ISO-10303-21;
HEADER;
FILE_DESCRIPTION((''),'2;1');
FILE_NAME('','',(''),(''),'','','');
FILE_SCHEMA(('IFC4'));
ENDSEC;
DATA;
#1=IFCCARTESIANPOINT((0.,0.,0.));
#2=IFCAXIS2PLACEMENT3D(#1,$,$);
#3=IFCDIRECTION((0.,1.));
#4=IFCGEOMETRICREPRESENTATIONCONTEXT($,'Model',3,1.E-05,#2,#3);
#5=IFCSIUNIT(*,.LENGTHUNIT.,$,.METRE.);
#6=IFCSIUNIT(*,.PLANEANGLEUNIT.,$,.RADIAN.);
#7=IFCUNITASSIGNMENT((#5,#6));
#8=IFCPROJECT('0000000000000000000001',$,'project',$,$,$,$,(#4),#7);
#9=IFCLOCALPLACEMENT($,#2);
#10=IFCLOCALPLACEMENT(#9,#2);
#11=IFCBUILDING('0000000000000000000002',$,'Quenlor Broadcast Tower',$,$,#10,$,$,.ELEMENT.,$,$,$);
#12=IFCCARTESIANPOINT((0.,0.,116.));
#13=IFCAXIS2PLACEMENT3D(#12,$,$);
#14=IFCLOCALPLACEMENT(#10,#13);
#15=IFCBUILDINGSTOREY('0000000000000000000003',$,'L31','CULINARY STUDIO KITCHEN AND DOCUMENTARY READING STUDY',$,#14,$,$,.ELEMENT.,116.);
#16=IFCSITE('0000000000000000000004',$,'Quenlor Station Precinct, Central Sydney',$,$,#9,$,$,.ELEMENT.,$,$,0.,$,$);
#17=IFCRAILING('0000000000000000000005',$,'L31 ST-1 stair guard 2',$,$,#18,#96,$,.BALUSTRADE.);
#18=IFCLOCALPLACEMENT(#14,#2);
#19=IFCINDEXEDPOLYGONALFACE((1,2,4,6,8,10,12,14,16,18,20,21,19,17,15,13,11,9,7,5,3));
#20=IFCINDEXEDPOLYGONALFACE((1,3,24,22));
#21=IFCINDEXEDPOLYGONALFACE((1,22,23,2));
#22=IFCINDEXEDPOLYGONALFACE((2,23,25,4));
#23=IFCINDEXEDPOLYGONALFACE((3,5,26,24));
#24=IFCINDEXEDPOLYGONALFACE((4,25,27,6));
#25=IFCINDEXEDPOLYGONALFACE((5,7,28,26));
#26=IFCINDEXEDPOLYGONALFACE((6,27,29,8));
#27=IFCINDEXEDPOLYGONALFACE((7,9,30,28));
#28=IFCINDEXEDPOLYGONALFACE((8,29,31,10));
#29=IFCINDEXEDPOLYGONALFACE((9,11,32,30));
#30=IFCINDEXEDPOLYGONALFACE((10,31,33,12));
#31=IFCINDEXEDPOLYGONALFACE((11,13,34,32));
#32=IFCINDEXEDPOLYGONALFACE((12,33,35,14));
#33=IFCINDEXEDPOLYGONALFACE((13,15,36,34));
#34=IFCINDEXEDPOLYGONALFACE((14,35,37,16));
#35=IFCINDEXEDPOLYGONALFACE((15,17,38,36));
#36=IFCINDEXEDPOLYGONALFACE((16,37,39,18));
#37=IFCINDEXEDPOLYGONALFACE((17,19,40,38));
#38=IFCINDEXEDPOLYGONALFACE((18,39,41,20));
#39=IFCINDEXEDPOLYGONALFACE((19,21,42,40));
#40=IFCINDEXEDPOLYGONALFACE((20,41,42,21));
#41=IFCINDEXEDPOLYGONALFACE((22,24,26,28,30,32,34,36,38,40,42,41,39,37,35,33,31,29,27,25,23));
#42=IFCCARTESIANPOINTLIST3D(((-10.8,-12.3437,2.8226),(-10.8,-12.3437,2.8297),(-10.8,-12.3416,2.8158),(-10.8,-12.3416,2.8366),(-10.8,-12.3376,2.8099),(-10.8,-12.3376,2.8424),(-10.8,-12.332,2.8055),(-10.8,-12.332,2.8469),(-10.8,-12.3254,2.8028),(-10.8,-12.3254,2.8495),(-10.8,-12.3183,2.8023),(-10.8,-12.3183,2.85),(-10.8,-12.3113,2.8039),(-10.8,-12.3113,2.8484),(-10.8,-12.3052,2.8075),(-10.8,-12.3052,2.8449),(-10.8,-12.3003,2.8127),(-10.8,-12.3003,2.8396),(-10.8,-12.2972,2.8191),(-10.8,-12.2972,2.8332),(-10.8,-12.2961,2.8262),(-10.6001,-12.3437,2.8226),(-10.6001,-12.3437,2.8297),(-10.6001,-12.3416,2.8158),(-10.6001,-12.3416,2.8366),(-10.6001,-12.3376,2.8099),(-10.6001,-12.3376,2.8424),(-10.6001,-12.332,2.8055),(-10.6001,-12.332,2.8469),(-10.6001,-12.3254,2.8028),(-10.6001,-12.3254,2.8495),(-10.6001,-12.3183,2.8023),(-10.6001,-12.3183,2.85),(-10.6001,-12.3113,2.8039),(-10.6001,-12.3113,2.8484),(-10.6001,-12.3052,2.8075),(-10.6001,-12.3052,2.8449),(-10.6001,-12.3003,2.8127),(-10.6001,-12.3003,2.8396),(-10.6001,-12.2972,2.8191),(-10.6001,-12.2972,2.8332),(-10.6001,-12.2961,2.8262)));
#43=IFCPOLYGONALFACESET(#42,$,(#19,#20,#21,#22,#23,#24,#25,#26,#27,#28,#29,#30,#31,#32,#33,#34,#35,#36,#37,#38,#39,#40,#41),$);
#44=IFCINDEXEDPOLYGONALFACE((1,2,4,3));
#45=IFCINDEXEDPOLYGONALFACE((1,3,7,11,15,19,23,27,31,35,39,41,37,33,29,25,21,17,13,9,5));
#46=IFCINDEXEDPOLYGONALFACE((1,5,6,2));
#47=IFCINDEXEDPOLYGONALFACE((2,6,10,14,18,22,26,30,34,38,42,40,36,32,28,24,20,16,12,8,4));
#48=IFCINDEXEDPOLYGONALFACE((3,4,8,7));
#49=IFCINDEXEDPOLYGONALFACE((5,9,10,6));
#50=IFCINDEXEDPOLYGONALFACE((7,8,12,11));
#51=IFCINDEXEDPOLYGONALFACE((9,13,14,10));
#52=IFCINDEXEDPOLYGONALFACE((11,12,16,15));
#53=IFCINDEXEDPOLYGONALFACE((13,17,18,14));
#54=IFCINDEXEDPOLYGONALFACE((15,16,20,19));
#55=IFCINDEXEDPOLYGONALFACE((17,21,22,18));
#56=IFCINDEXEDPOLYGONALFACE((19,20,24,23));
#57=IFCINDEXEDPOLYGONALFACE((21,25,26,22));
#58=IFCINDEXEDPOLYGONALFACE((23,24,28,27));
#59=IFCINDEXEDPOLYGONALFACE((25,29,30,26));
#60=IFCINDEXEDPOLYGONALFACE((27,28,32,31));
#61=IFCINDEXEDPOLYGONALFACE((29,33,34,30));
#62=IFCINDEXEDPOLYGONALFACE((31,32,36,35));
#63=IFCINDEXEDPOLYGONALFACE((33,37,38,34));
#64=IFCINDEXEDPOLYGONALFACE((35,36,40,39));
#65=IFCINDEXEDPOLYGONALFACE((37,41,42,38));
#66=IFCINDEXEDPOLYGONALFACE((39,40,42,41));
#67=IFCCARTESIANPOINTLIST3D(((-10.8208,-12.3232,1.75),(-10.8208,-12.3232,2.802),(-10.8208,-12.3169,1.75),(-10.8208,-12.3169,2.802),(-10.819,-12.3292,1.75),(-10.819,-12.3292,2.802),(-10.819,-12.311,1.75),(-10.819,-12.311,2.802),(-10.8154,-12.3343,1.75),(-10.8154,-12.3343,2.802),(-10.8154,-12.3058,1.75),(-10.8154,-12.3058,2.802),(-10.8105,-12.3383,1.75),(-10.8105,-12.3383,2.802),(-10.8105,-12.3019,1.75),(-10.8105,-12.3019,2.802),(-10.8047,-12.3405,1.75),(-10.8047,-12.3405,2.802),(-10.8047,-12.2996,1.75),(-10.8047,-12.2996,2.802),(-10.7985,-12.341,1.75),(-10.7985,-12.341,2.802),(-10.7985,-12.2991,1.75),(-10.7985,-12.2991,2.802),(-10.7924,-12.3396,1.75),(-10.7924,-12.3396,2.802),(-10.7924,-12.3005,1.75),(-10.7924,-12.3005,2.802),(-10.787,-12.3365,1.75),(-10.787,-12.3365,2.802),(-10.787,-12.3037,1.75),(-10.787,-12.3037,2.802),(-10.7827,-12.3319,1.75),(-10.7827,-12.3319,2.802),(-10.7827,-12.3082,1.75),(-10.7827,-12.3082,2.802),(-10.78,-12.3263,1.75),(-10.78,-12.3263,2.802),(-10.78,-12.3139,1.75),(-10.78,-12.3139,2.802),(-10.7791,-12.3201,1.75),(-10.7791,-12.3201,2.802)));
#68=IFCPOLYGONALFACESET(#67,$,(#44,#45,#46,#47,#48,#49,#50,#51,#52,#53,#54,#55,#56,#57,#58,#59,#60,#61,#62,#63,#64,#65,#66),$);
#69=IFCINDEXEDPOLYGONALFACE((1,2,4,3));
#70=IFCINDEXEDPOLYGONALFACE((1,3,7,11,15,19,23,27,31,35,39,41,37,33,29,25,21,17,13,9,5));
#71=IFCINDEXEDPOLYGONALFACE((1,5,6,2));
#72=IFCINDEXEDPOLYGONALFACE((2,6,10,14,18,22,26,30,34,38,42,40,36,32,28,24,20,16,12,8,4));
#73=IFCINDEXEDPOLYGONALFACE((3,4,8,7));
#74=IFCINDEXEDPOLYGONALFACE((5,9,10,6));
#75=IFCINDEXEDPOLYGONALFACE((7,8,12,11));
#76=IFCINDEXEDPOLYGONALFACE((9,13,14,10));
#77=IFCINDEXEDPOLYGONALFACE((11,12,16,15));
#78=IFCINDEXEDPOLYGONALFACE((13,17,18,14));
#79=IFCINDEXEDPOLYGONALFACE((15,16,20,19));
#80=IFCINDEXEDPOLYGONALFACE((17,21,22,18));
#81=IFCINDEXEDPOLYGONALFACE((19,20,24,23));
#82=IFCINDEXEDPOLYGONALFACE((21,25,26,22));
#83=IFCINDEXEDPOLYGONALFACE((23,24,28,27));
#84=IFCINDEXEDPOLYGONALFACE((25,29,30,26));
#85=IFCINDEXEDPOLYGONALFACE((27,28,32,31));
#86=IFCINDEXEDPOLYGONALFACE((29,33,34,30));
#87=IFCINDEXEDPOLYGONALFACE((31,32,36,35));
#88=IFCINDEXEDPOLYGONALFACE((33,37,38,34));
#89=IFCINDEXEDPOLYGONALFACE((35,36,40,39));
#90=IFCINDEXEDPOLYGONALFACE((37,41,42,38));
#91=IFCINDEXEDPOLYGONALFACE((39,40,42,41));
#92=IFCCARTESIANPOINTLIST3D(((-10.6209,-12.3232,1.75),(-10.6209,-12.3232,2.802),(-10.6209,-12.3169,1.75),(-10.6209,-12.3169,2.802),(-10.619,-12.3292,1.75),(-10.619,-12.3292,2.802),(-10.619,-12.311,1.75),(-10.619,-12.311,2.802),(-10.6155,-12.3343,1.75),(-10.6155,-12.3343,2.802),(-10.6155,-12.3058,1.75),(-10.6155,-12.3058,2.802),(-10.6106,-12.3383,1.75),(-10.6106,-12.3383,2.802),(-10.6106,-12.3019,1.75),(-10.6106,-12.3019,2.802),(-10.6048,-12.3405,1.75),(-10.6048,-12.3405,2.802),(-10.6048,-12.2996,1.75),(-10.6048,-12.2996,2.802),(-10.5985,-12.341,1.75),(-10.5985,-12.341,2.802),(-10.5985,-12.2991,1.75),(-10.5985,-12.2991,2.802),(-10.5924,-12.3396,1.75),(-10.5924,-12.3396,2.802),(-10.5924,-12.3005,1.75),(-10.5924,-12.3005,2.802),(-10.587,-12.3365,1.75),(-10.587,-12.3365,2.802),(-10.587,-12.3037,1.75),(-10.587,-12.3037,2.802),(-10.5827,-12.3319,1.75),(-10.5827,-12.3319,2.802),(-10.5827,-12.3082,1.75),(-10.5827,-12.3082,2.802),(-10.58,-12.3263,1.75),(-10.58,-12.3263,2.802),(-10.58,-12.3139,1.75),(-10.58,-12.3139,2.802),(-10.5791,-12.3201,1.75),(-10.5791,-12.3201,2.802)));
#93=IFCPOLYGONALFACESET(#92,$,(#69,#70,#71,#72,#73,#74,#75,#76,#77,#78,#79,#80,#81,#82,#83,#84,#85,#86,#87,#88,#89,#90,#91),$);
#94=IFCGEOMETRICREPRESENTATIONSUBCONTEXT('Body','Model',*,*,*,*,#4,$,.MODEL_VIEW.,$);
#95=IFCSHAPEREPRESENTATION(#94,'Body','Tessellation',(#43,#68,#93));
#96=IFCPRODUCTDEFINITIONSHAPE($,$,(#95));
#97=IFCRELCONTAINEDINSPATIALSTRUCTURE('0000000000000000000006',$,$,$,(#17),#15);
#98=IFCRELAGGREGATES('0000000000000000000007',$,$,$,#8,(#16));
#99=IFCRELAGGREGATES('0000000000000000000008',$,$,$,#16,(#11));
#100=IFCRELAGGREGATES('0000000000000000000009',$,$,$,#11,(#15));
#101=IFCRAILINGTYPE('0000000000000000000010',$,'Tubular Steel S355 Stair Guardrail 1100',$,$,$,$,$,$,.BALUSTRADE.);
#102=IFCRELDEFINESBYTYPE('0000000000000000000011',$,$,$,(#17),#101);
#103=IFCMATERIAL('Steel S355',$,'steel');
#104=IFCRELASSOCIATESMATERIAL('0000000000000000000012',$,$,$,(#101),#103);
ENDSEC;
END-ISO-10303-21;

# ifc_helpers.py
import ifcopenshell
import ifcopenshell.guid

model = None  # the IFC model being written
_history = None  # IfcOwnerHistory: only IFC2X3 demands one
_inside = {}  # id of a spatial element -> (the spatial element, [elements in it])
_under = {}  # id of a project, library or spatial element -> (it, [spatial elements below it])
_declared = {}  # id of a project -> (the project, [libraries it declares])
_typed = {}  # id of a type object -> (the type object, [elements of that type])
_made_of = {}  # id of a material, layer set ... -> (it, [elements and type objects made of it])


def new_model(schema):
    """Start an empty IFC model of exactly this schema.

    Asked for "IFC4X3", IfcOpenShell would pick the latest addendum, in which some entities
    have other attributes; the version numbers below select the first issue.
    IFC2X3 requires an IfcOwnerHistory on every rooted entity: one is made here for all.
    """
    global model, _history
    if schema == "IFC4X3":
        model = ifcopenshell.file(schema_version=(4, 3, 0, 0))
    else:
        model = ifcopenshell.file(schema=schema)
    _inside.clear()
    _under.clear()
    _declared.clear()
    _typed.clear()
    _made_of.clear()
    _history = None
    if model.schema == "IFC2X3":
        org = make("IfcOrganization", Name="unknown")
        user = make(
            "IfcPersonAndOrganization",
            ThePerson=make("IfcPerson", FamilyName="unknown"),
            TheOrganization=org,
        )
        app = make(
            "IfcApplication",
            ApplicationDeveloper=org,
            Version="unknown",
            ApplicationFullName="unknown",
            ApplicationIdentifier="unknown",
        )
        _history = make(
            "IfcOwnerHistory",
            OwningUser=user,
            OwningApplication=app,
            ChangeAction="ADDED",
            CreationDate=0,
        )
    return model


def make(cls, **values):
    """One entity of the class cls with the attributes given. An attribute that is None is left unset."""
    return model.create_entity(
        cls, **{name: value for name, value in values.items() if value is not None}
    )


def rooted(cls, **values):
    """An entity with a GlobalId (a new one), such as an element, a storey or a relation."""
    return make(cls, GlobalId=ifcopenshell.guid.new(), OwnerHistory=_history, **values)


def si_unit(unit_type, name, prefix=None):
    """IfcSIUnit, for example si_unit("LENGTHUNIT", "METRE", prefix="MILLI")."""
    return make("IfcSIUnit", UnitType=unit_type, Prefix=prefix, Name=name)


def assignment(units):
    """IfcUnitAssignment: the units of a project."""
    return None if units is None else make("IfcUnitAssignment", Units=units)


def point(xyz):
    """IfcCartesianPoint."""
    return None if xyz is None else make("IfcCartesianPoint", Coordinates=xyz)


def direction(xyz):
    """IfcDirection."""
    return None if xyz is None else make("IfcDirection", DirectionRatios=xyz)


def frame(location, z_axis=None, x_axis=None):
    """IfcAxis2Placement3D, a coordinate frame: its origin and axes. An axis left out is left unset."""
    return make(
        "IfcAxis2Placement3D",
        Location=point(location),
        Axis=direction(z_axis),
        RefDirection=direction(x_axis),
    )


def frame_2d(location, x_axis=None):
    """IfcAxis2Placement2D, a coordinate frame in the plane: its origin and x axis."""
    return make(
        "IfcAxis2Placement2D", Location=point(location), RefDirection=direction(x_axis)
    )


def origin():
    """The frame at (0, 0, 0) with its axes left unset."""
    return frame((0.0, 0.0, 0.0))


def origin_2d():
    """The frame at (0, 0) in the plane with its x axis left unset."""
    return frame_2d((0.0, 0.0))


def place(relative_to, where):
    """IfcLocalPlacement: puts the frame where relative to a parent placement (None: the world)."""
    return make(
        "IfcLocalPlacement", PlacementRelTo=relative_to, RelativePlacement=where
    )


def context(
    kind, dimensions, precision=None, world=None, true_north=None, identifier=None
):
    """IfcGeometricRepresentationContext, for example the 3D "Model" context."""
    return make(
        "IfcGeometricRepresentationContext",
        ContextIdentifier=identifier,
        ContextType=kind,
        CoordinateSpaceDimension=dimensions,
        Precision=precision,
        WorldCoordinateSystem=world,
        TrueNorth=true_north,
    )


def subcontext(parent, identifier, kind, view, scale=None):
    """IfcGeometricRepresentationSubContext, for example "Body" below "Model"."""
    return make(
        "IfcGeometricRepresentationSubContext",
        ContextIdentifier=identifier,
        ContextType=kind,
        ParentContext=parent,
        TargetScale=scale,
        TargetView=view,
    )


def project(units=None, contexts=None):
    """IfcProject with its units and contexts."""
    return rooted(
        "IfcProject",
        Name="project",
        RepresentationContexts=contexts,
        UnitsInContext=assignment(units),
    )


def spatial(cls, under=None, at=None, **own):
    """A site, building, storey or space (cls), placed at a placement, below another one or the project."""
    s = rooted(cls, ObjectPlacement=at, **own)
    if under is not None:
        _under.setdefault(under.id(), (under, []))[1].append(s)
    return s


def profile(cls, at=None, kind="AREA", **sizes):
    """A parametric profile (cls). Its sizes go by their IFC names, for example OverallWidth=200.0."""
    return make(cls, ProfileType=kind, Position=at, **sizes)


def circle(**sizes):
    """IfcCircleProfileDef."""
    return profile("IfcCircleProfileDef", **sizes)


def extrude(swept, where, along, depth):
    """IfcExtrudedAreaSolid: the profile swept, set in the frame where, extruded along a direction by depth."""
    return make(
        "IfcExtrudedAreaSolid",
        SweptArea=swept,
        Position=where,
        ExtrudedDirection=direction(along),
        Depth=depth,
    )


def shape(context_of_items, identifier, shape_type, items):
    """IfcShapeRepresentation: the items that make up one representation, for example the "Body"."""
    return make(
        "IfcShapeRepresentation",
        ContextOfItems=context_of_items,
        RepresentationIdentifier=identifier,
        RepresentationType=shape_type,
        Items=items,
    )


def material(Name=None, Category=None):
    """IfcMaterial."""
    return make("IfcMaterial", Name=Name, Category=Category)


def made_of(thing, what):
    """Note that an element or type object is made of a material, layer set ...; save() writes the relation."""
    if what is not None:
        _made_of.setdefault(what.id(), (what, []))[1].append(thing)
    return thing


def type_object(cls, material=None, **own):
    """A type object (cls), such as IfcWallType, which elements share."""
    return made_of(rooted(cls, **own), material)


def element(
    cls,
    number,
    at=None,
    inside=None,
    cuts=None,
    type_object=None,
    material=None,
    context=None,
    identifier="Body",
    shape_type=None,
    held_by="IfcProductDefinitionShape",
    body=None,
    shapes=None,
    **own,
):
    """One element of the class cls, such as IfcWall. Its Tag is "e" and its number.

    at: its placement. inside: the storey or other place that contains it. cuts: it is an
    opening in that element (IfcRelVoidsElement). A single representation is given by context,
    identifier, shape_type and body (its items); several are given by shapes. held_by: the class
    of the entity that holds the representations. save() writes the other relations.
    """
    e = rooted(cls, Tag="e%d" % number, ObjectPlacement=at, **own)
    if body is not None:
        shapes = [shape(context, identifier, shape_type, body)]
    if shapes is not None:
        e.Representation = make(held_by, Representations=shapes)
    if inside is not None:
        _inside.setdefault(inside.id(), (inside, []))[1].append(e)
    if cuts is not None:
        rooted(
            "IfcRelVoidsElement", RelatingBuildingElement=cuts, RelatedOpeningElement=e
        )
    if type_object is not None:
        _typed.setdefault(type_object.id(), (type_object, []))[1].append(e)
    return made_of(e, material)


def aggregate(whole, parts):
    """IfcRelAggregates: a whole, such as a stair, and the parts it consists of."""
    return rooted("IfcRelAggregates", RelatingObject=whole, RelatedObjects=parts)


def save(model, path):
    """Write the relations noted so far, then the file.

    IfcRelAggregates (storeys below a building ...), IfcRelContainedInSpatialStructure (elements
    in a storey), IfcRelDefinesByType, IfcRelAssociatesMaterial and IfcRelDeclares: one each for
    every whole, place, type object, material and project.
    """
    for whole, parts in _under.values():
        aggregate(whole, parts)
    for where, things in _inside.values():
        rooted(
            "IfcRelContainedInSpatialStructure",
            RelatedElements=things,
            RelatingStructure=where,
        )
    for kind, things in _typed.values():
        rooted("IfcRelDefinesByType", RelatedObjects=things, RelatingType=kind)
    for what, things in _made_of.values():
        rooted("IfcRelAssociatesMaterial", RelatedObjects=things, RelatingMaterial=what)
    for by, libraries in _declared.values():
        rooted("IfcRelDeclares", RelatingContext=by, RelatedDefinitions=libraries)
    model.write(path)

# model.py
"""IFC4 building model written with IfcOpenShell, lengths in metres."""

from ifc_helpers import new_model, si_unit, direction, frame, origin, origin_2d, place, context, subcontext, project, spatial, circle, extrude, material, type_object, element, save


model = new_model("IFC4")

# Units and contexts
model_context = context("Model", 3, precision=1e-05, world=origin(), true_north=direction((0.0, 1.0)))
body_context = subcontext(model_context, "Body", "Model", "MODEL_VIEW")
ifc_project = project(units=[si_unit("LENGTHUNIT", "METRE"), si_unit("PLANEANGLEUNIT", "RADIAN")], contexts=[model_context])

# Site, building, storey
site_placement = place(None, origin())
site = spatial("IfcSite", under=ifc_project, at=site_placement, Name="Quenlor Station Precinct, Central Sydney", CompositionType="ELEMENT", RefElevation=0.0)
building_placement = place(site_placement, origin())
building = spatial("IfcBuilding", under=site, at=building_placement, Name="Quenlor Broadcast Tower", CompositionType="ELEMENT")
storey_placement = place(building_placement, frame((0.0, 0.0, 116.0)))
storey = spatial("IfcBuildingStorey", under=building, at=storey_placement, Name="L31", Description="CULINARY STUDIO KITCHEN AND DOCUMENTARY READING STUDY", CompositionType="ELEMENT", Elevation=116.0)

# Railing
ifc_material_1 = material(Name="Steel S355", Category="steel")
railing_type_1 = type_object("IfcRailingType", Name="Tubular Steel S355 Stair Guardrail 1100", PredefinedType="BALUSTRADE", material=ifc_material_1)
railing_1_placement = place(storey_placement, frame((-10.8, -12.3201, 1.75)))
element("IfcRailing", 1, at=railing_1_placement, inside=storey, type_object=railing_type_1, Name="L31 ST-1 stair guard 2", PredefinedType="BALUSTRADE", context=body_context, shape_type="SweptSolid", body=[
    extrude(circle(Radius=0.0239, at=origin_2d()), frame((0.0, 0.0, 1.0762), z_axis=(1.0, 0.0, 0.0), x_axis=(0.0, 1.0, 0.0)), (0.0, 0.0, 1.0), 0.2),
    extrude(circle(Radius=0.021, at=origin_2d()), origin(), (0.0, 0.0, 1.0), 1.052),
    extrude(circle(Radius=0.021, at=origin_2d()), frame((0.2, 0.0, 0.0)), (0.0, 0.0, 1.0), 1.052),
])

save(model, "model.ifc")
